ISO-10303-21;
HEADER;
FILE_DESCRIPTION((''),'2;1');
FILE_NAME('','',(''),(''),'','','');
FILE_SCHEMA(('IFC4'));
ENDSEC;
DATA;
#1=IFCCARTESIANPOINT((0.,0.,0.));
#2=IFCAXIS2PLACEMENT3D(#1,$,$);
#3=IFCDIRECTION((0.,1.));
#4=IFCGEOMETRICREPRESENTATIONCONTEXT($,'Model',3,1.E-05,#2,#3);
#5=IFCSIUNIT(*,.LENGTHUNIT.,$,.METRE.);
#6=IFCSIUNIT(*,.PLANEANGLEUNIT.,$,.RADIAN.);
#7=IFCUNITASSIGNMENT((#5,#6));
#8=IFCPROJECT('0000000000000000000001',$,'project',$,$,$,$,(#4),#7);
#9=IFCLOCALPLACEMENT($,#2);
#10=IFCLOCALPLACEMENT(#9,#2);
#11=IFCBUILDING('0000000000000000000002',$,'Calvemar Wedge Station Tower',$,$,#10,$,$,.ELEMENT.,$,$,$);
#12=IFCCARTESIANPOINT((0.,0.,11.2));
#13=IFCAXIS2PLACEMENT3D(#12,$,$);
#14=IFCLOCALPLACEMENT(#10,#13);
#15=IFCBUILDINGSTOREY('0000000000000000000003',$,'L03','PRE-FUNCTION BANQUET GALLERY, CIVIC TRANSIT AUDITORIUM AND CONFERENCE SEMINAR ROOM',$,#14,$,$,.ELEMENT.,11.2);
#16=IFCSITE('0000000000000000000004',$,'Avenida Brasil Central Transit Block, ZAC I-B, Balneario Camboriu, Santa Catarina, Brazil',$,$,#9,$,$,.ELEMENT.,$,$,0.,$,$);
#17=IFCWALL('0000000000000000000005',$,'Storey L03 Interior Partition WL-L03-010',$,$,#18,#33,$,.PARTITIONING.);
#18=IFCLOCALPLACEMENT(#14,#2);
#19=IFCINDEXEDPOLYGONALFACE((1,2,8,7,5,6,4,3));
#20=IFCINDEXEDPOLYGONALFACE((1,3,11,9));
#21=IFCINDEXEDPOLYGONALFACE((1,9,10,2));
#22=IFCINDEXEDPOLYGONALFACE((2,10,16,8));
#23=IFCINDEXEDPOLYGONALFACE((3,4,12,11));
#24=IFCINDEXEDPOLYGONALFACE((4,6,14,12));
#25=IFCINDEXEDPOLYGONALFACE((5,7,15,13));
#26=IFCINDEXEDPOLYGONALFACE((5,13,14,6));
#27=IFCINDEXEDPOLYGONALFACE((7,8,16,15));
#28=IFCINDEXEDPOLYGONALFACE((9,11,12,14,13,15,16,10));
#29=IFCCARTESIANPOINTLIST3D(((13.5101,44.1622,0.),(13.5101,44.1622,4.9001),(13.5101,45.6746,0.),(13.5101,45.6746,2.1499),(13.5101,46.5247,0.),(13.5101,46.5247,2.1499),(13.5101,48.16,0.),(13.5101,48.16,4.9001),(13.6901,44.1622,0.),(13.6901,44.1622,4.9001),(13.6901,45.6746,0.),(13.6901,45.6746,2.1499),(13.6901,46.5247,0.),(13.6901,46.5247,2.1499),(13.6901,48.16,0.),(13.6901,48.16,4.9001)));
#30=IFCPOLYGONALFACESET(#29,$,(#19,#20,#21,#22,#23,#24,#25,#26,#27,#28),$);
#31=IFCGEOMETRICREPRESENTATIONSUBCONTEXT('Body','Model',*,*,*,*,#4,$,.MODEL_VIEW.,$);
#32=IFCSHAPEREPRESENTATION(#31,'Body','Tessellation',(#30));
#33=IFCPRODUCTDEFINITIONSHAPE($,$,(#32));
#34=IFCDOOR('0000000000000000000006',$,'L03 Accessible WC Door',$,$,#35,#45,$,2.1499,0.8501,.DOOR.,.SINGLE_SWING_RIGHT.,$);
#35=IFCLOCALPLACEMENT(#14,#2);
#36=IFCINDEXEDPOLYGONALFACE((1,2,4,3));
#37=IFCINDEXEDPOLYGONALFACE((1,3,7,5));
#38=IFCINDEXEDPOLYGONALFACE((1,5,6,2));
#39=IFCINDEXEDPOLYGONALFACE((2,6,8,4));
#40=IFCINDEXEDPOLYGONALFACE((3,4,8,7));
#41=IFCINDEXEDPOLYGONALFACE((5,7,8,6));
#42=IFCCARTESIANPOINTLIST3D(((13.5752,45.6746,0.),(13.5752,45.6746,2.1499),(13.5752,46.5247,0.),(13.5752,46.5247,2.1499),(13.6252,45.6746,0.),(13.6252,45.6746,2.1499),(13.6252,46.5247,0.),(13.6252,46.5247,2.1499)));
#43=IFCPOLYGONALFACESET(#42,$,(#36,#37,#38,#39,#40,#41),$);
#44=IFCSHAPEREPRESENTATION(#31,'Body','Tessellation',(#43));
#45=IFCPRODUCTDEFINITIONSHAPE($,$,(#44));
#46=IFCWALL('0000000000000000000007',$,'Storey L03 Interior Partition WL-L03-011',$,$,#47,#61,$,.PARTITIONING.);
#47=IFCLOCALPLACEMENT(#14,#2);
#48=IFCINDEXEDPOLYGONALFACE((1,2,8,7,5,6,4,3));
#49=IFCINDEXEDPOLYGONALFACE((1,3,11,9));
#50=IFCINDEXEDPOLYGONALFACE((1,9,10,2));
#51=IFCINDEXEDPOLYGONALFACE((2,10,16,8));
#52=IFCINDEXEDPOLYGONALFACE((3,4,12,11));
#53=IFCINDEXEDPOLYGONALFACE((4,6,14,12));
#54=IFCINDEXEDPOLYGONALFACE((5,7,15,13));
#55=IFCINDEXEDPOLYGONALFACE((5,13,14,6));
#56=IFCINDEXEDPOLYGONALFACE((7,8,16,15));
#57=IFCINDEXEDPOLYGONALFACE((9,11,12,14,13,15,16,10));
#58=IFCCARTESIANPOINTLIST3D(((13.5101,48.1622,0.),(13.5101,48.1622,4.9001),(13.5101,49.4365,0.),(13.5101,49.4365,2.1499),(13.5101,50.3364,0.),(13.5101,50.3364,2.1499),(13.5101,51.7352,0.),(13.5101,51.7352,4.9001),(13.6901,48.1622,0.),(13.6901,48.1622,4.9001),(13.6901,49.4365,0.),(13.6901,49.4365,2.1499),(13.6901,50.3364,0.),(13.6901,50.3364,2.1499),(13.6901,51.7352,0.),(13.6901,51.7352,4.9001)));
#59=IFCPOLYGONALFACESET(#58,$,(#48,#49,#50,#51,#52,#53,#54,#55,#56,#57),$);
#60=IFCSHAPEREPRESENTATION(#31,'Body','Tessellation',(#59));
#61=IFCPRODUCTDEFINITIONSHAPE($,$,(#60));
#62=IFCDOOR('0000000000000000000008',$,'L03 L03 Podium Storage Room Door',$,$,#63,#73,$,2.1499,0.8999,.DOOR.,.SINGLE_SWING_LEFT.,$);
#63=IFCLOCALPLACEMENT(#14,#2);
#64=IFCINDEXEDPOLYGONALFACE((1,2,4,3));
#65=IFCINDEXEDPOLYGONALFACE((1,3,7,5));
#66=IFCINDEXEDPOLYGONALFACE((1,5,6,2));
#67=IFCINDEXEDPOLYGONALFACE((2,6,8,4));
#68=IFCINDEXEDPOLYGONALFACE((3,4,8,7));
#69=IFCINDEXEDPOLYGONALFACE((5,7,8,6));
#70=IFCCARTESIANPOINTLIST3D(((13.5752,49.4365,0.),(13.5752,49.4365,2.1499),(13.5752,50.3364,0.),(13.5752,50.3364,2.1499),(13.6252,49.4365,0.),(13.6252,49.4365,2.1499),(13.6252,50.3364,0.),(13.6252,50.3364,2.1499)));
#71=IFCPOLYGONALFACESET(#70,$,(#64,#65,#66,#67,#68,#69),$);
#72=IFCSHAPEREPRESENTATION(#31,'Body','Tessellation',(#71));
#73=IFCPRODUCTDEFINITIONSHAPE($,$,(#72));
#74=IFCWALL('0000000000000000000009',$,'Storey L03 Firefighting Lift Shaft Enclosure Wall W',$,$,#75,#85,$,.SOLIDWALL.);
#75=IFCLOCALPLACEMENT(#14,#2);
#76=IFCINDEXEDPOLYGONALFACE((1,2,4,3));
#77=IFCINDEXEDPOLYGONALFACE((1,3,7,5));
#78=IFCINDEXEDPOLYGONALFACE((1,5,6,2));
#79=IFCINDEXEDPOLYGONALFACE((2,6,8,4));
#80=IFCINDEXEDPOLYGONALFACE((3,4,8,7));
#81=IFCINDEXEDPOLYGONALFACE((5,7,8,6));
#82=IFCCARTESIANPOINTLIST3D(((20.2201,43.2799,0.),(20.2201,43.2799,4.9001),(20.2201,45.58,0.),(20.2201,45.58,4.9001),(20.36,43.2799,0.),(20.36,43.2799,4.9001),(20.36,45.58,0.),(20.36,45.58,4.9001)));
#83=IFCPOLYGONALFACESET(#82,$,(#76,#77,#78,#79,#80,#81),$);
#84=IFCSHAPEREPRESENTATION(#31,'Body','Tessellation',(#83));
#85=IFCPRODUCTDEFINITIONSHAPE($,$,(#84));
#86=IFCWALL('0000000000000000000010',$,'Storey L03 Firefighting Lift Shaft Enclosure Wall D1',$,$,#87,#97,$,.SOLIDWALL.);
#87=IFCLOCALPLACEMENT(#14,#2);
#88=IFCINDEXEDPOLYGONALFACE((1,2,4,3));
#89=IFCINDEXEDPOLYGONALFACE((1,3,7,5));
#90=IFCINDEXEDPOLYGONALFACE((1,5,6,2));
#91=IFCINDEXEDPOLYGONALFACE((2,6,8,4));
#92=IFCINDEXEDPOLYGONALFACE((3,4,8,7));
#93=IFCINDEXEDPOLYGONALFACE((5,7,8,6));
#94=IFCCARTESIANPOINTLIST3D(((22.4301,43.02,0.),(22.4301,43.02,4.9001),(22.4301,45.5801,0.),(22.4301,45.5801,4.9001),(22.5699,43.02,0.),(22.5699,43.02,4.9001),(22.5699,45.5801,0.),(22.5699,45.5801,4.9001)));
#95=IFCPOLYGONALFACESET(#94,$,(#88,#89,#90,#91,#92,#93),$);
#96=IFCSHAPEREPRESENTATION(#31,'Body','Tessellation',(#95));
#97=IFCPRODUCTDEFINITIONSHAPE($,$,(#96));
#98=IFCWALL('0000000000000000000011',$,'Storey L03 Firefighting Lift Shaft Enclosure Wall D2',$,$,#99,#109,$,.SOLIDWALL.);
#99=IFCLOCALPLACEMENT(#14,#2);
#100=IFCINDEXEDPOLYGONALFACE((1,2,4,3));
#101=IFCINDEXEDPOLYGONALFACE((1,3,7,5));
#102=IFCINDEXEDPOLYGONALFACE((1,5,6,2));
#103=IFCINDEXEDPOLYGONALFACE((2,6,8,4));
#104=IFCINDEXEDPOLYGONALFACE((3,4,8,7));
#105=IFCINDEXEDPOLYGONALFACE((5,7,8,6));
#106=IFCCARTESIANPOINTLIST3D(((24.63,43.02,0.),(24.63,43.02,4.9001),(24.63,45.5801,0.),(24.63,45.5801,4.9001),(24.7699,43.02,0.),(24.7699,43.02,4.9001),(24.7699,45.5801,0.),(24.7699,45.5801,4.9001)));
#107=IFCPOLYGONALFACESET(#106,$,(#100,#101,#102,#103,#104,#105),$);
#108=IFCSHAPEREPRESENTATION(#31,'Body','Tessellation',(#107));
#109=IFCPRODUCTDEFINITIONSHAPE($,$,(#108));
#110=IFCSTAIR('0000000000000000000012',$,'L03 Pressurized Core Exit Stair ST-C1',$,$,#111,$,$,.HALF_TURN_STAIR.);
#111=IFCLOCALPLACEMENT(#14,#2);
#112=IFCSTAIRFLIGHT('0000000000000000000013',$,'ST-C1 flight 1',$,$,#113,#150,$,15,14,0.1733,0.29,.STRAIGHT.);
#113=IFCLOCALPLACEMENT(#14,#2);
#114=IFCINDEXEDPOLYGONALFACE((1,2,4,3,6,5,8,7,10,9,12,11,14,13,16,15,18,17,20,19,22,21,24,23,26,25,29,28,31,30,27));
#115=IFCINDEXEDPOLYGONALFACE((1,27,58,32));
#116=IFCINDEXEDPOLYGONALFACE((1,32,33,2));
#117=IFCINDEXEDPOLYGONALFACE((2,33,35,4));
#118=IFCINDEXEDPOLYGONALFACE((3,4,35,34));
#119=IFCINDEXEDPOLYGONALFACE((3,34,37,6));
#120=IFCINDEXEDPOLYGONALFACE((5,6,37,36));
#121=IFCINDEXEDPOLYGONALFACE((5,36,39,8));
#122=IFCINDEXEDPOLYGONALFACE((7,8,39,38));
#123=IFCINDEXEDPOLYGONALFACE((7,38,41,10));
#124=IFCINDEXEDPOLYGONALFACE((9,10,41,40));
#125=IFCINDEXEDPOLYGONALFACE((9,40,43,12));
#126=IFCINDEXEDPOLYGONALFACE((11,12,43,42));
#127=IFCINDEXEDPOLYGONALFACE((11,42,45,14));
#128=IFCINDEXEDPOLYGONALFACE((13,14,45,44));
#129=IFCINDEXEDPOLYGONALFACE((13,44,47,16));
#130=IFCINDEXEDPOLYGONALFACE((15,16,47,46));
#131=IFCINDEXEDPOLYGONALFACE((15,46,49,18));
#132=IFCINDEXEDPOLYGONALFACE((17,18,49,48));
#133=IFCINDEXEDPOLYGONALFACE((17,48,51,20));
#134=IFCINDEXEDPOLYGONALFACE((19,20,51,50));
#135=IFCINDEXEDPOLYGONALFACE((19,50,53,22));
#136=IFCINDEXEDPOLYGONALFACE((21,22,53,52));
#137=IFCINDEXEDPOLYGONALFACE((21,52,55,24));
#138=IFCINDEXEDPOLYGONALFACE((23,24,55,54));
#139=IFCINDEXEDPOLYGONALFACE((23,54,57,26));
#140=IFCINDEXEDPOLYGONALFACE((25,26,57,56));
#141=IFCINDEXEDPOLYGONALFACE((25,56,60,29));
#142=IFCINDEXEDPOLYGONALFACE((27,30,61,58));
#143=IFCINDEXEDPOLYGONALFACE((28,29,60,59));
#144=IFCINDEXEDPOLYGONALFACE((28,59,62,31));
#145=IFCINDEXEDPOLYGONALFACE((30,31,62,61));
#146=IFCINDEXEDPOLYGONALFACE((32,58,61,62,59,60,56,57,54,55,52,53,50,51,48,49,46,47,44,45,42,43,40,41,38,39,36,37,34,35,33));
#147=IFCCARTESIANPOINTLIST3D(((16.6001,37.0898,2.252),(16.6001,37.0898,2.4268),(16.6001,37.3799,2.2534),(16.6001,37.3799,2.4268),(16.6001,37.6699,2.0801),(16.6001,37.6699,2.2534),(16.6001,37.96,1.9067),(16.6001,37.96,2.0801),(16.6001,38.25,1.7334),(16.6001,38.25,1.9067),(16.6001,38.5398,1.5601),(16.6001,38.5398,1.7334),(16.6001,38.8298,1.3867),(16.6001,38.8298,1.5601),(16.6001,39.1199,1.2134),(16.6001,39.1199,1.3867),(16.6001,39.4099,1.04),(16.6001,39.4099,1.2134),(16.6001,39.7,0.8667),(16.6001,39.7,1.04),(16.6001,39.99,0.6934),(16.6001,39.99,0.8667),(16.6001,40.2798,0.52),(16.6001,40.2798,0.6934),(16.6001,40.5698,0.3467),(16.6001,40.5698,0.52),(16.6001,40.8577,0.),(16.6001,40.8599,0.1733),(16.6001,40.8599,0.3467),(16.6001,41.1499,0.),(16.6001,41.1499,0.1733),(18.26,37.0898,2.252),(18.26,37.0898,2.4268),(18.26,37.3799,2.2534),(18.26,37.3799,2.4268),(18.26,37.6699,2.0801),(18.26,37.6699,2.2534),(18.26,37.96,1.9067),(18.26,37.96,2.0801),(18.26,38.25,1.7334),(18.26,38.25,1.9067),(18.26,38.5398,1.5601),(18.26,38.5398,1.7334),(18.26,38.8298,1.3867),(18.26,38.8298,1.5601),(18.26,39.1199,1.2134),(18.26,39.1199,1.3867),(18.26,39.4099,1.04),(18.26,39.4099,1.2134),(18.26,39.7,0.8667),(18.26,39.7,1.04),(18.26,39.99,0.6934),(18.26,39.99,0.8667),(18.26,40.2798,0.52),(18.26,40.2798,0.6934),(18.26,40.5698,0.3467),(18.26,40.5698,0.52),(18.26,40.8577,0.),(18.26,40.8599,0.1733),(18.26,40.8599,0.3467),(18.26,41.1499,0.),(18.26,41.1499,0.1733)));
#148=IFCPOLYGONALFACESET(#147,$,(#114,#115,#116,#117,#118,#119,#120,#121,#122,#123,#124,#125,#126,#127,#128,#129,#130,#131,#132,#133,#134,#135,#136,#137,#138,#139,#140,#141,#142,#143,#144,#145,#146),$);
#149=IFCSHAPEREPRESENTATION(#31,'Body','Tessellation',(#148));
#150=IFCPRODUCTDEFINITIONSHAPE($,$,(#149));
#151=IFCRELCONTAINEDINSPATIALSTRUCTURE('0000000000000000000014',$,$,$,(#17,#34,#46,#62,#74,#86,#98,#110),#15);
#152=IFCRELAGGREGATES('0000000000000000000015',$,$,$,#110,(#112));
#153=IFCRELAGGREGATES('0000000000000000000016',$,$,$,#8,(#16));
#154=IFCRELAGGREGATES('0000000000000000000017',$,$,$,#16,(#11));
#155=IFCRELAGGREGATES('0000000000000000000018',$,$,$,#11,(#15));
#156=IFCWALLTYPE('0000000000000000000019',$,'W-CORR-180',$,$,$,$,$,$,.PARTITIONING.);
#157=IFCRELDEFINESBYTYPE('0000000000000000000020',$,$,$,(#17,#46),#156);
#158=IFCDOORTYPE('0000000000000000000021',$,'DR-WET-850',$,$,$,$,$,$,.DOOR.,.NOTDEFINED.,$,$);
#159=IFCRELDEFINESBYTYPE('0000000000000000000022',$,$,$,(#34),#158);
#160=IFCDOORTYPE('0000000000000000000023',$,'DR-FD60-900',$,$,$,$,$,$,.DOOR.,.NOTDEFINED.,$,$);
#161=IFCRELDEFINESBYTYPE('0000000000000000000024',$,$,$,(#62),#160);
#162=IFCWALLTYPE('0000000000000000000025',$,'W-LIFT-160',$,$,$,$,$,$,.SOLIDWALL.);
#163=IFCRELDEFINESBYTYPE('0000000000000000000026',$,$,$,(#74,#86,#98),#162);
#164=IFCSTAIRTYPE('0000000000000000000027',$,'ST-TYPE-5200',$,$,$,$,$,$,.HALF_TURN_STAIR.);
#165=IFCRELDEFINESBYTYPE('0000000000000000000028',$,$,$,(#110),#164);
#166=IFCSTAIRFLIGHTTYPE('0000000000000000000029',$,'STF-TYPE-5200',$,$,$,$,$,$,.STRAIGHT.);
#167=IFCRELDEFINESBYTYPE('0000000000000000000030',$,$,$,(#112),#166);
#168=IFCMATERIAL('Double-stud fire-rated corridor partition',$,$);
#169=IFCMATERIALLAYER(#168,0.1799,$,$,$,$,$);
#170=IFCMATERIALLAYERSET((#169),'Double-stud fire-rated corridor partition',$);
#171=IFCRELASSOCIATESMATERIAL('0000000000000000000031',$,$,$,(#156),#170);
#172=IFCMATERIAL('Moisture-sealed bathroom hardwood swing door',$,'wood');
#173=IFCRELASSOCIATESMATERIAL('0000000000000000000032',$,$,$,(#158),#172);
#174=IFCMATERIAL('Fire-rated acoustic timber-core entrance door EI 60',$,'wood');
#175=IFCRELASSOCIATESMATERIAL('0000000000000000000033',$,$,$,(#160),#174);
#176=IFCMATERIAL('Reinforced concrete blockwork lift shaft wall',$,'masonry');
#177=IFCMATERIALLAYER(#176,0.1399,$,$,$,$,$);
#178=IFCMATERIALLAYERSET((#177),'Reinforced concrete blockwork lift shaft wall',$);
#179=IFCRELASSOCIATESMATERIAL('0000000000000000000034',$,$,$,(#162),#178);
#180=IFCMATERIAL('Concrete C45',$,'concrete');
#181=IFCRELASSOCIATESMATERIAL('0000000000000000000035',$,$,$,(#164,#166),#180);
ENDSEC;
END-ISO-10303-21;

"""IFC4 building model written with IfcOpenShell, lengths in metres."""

from ifc_helpers import new_model, si_unit, direction, frame, frame_2d, origin, place, context, subcontext, project, spatial, polyline, rectangle, outline, extrude, source, transform, mapped, material, layer, layer_set, type_object, element, fill, aggregate, save


model = new_model("IFC4")

# Units and contexts
model_context = context("Model", 3, precision=1e-05, world=origin(), true_north=direction((0.0, 1.0)))
body_context = subcontext(model_context, "Body", "Model", "MODEL_VIEW")
ifc_project = project(units=[si_unit("LENGTHUNIT", "METRE"), si_unit("PLANEANGLEUNIT", "RADIAN")], contexts=[model_context])

# Site, building, storey
site_placement = place(None, origin())
site = spatial("IfcSite", under=ifc_project, at=site_placement, Name="Avenida Brasil Central Transit Block, ZAC I-B, Balneario Camboriu, Santa Catarina, Brazil", CompositionType="ELEMENT", RefElevation=0.0)
building_placement = place(site_placement, origin())
building = spatial("IfcBuilding", under=site, at=building_placement, Name="Calvemar Wedge Station Tower", CompositionType="ELEMENT")
storey_placement = place(building_placement, frame((0.0, 0.0, 11.2)))
storey = spatial("IfcBuildingStorey", under=building, at=storey_placement, Name="L03", Description="PRE-FUNCTION BANQUET GALLERY, CIVIC TRANSIT AUDITORIUM AND CONFERENCE SEMINAR ROOM", CompositionType="ELEMENT", Elevation=11.2)

# Walls, openings, doors
ifc_material_1 = material(Name="Double-stud fire-rated corridor partition")
ifc_layer_1 = layer(ifc_material_1, 0.1799)
ifc_layer_set_1 = layer_set([ifc_layer_1], Name="Double-stud fire-rated corridor partition")
wall_type_1 = type_object("IfcWallType", Name="W-CORR-180", PredefinedType="PARTITIONING", material=ifc_layer_set_1)
wall_1_placement = place(storey_placement, frame((13.6001, 44.1621, 0.0), z_axis=(0.0, 0.0, 1.0), x_axis=(0.0, 1.0, 0.0)))
wall_1 = element("IfcWall", 1, at=wall_1_placement, inside=storey, type_object=wall_type_1, Name="Storey L03 Interior Partition WL-L03-010", PredefinedType="PARTITIONING", context=body_context, shape_type="SweptSolid", body=[
    extrude(rectangle(XDim=3.9978, YDim=0.1799, at=frame_2d((1.999, 0.0))), origin(), (0.0, 0.0, 1.0), 4.9001),
])
shared_shape_1 = source(origin(), body_context, "Body", "SweptSolid", [
    extrude(rectangle(XDim=0.8501, YDim=2.1499, at=frame_2d((0.425, 1.075))), frame((0.0, 0.1001, 0.0), z_axis=(0.0, -1.0, 0.0), x_axis=(1.0, 0.0, 0.0)), (0.0, 0.0, 1.0), 0.2),
])
opening_1_placement = place(wall_1_placement, frame((1.5125, 0.0, 0.0)))
opening_1 = element("IfcOpeningElement", 2, at=opening_1_placement, cuts=wall_1, PredefinedType="OPENING", context=body_context, shape_type="MappedRepresentation", body=[
    mapped(shared_shape_1, transform((0.0, 0.0, 0.0), scale=1.0)),
])
ifc_material_2 = material(Name="Moisture-sealed bathroom hardwood swing door", Category="wood")
door_type_1 = type_object("IfcDoorType", Name="DR-WET-850", OperationType="NOTDEFINED", PredefinedType="DOOR", material=ifc_material_2)
shared_shape_2 = source(origin(), body_context, "Body", "SweptSolid", [
    extrude(rectangle(XDim=0.8501, YDim=2.1499, at=frame_2d((0.425, 1.075))), frame((0.0, 0.0249, 0.0), z_axis=(0.0, -1.0, 0.0), x_axis=(1.0, 0.0, 0.0)), (0.0, 0.0, 1.0), 0.05),
])
door_1_placement = place(opening_1_placement, origin())
door_1 = element("IfcDoor", 3, at=door_1_placement, inside=storey, type_object=door_type_1, Name="L03 Accessible WC Door", OperationType="SINGLE_SWING_RIGHT", OverallHeight=2.1499, OverallWidth=0.8501, PredefinedType="DOOR", context=body_context, shape_type="MappedRepresentation", body=[
    mapped(shared_shape_2, transform((0.0, 0.0, 0.0), scale=1.0)),
])
fill(opening_1, door_1)
wall_2_placement = place(storey_placement, frame((13.6001, 48.1621, 0.0), z_axis=(0.0, 0.0, 1.0), x_axis=(0.0, 1.0, 0.0)))
wall_2 = element("IfcWall", 4, at=wall_2_placement, inside=storey, type_object=wall_type_1, Name="Storey L03 Interior Partition WL-L03-011", PredefinedType="PARTITIONING", context=body_context, shape_type="SweptSolid", body=[
    extrude(rectangle(XDim=3.573, YDim=0.1799, at=frame_2d((1.7866, 0.0))), origin(), (0.0, 0.0, 1.0), 4.9001),
])
shared_shape_3 = source(origin(), body_context, "Body", "SweptSolid", [
    extrude(rectangle(XDim=0.8999, YDim=2.1499, at=frame_2d((0.45, 1.075))), frame((0.0, 0.1001, 0.0), z_axis=(0.0, -1.0, 0.0), x_axis=(1.0, 0.0, 0.0)), (0.0, 0.0, 1.0), 0.2),
])
opening_2_placement = place(wall_2_placement, frame((1.2744, 0.0, 0.0)))
opening_2 = element("IfcOpeningElement", 5, at=opening_2_placement, cuts=wall_2, PredefinedType="OPENING", context=body_context, shape_type="MappedRepresentation", body=[
    mapped(shared_shape_3, transform((0.0, 0.0, 0.0), scale=1.0)),
])
ifc_material_3 = material(Name="Fire-rated acoustic timber-core entrance door EI 60", Category="wood")
door_type_2 = type_object("IfcDoorType", Name="DR-FD60-900", OperationType="NOTDEFINED", PredefinedType="DOOR", material=ifc_material_3)
shared_shape_4 = source(origin(), body_context, "Body", "SweptSolid", [
    extrude(rectangle(XDim=0.8999, YDim=2.1499, at=frame_2d((0.45, 1.075))), frame((0.0, 0.0249, 0.0), z_axis=(0.0, -1.0, 0.0), x_axis=(1.0, 0.0, 0.0)), (0.0, 0.0, 1.0), 0.05),
])
door_2_placement = place(opening_2_placement, origin())
door_2 = element("IfcDoor", 6, at=door_2_placement, inside=storey, type_object=door_type_2, Name="L03 L03 Podium Storage Room Door", OperationType="SINGLE_SWING_LEFT", OverallHeight=2.1499, OverallWidth=0.8999, PredefinedType="DOOR", context=body_context, shape_type="MappedRepresentation", body=[
    mapped(shared_shape_4, transform((0.0, 0.0, 0.0), scale=1.0)),
])
fill(opening_2, door_2)

# Shared definitions
ifc_material_4 = material(Name="Reinforced concrete blockwork lift shaft wall", Category="masonry")
ifc_layer_2 = layer(ifc_material_4, 0.1399)
ifc_layer_set_2 = layer_set([ifc_layer_2], Name="Reinforced concrete blockwork lift shaft wall")
wall_type_2 = type_object("IfcWallType", Name="W-LIFT-160", PredefinedType="SOLIDWALL", material=ifc_layer_set_2)

# Walls
wall_3_placement = place(storey_placement, frame((20.29, 43.28, 0.0), z_axis=(0.0, 0.0, 1.0), x_axis=(0.0, 1.0, 0.0)))
element("IfcWall", 7, at=wall_3_placement, inside=storey, type_object=wall_type_2, Name="Storey L03 Firefighting Lift Shaft Enclosure Wall W", PredefinedType="SOLIDWALL", context=body_context, shape_type="SweptSolid", body=[
    extrude(rectangle(XDim=2.3, YDim=0.1399, at=frame_2d((1.1499, 0.0))), origin(), (0.0, 0.0, 1.0), 4.9001),
])
for number, where, z_axis, x_axis, name in (
    (8, (22.5, 43.02, 0.0), (0.0, 0.0, 1.0), (0.0, 1.0, 0.0), "Storey L03 Firefighting Lift Shaft Enclosure Wall D1"),
    (9, (24.7, 43.02, 0.0), (0.0, 0.0, 1.0), (0.0, 1.0, 0.0), "Storey L03 Firefighting Lift Shaft Enclosure Wall D2"),
):
    element("IfcWall", number, at=place(storey_placement, frame(where, z_axis=z_axis, x_axis=x_axis)), inside=storey, type_object=wall_type_2, Name=name, PredefinedType="SOLIDWALL", context=body_context, shape_type="SweptSolid", body=[
        extrude(rectangle(XDim=2.5601, YDim=0.1399, at=frame_2d((1.28, 0.0))), origin(), (0.0, 0.0, 1.0), 4.9001),
    ])

# Stair, stair flight
ifc_material_5 = material(Name="Concrete C45", Category="concrete")
stair_type = type_object("IfcStairType", Name="ST-TYPE-5200", PredefinedType="HALF_TURN_STAIR", material=ifc_material_5)
stair_placement = place(storey_placement, origin())
stair = element("IfcStair", 10, at=stair_placement, inside=storey, type_object=stair_type, Name="L03 Pressurized Core Exit Stair ST-C1", PredefinedType="HALF_TURN_STAIR")
stair_flight_type = type_object("IfcStairFlightType", Name="STF-TYPE-5200", PredefinedType="STRAIGHT", material=ifc_material_5)
stair_flight_placement = place(storey_placement, frame((17.4299, 41.1499, 0.0), z_axis=(0.0, 0.0, 1.0), x_axis=(0.0, -1.0, 0.0)))
stair_flight = element("IfcStairFlight", 11, at=stair_flight_placement, type_object=stair_flight_type, Name="ST-C1 flight 1", NumberOfRisers=15, NumberOfTreads=14, PredefinedType="STRAIGHT", RiserHeight=0.1733, TreadLength=0.29, context=body_context, shape_type="SweptSolid", body=[
    extrude(outline(polyline([(0.0, 0.0), (0.0, 0.1733), (0.29, 0.1733), (0.29, 0.3467), (0.5801, 0.3467), (0.5801, 0.52), (0.8701, 0.52), (0.8701, 0.6934), (1.1599, 0.6934), (1.1599, 0.8667), (1.45, 0.8667), (1.45, 1.04), (1.74, 1.04), (1.74, 1.2134), (2.03, 1.2134), (2.03, 1.3867), (2.3201, 1.3867), (2.3201, 1.5601), (2.6101, 1.5601), (2.6101, 1.7334), (2.8999, 1.7334), (2.8999, 1.9067), (3.1899, 1.9067), (3.1899, 2.0801), (3.48, 2.0801), (3.48, 2.2534), (3.77, 2.2534), (3.77, 2.4268), (4.0601, 2.4268), (4.0601, 2.6001), (4.0601, 2.252), (0.2922, 0.0), (0.0, 0.0)])), frame((0.0, 0.8301, 0.0), z_axis=(0.0, -1.0, 0.0), x_axis=(1.0, 0.0, 0.0)), (0.0, 0.0, 1.0), 1.6599),
])
aggregate(stair, [stair_flight])

save(model, "model.ifc")
